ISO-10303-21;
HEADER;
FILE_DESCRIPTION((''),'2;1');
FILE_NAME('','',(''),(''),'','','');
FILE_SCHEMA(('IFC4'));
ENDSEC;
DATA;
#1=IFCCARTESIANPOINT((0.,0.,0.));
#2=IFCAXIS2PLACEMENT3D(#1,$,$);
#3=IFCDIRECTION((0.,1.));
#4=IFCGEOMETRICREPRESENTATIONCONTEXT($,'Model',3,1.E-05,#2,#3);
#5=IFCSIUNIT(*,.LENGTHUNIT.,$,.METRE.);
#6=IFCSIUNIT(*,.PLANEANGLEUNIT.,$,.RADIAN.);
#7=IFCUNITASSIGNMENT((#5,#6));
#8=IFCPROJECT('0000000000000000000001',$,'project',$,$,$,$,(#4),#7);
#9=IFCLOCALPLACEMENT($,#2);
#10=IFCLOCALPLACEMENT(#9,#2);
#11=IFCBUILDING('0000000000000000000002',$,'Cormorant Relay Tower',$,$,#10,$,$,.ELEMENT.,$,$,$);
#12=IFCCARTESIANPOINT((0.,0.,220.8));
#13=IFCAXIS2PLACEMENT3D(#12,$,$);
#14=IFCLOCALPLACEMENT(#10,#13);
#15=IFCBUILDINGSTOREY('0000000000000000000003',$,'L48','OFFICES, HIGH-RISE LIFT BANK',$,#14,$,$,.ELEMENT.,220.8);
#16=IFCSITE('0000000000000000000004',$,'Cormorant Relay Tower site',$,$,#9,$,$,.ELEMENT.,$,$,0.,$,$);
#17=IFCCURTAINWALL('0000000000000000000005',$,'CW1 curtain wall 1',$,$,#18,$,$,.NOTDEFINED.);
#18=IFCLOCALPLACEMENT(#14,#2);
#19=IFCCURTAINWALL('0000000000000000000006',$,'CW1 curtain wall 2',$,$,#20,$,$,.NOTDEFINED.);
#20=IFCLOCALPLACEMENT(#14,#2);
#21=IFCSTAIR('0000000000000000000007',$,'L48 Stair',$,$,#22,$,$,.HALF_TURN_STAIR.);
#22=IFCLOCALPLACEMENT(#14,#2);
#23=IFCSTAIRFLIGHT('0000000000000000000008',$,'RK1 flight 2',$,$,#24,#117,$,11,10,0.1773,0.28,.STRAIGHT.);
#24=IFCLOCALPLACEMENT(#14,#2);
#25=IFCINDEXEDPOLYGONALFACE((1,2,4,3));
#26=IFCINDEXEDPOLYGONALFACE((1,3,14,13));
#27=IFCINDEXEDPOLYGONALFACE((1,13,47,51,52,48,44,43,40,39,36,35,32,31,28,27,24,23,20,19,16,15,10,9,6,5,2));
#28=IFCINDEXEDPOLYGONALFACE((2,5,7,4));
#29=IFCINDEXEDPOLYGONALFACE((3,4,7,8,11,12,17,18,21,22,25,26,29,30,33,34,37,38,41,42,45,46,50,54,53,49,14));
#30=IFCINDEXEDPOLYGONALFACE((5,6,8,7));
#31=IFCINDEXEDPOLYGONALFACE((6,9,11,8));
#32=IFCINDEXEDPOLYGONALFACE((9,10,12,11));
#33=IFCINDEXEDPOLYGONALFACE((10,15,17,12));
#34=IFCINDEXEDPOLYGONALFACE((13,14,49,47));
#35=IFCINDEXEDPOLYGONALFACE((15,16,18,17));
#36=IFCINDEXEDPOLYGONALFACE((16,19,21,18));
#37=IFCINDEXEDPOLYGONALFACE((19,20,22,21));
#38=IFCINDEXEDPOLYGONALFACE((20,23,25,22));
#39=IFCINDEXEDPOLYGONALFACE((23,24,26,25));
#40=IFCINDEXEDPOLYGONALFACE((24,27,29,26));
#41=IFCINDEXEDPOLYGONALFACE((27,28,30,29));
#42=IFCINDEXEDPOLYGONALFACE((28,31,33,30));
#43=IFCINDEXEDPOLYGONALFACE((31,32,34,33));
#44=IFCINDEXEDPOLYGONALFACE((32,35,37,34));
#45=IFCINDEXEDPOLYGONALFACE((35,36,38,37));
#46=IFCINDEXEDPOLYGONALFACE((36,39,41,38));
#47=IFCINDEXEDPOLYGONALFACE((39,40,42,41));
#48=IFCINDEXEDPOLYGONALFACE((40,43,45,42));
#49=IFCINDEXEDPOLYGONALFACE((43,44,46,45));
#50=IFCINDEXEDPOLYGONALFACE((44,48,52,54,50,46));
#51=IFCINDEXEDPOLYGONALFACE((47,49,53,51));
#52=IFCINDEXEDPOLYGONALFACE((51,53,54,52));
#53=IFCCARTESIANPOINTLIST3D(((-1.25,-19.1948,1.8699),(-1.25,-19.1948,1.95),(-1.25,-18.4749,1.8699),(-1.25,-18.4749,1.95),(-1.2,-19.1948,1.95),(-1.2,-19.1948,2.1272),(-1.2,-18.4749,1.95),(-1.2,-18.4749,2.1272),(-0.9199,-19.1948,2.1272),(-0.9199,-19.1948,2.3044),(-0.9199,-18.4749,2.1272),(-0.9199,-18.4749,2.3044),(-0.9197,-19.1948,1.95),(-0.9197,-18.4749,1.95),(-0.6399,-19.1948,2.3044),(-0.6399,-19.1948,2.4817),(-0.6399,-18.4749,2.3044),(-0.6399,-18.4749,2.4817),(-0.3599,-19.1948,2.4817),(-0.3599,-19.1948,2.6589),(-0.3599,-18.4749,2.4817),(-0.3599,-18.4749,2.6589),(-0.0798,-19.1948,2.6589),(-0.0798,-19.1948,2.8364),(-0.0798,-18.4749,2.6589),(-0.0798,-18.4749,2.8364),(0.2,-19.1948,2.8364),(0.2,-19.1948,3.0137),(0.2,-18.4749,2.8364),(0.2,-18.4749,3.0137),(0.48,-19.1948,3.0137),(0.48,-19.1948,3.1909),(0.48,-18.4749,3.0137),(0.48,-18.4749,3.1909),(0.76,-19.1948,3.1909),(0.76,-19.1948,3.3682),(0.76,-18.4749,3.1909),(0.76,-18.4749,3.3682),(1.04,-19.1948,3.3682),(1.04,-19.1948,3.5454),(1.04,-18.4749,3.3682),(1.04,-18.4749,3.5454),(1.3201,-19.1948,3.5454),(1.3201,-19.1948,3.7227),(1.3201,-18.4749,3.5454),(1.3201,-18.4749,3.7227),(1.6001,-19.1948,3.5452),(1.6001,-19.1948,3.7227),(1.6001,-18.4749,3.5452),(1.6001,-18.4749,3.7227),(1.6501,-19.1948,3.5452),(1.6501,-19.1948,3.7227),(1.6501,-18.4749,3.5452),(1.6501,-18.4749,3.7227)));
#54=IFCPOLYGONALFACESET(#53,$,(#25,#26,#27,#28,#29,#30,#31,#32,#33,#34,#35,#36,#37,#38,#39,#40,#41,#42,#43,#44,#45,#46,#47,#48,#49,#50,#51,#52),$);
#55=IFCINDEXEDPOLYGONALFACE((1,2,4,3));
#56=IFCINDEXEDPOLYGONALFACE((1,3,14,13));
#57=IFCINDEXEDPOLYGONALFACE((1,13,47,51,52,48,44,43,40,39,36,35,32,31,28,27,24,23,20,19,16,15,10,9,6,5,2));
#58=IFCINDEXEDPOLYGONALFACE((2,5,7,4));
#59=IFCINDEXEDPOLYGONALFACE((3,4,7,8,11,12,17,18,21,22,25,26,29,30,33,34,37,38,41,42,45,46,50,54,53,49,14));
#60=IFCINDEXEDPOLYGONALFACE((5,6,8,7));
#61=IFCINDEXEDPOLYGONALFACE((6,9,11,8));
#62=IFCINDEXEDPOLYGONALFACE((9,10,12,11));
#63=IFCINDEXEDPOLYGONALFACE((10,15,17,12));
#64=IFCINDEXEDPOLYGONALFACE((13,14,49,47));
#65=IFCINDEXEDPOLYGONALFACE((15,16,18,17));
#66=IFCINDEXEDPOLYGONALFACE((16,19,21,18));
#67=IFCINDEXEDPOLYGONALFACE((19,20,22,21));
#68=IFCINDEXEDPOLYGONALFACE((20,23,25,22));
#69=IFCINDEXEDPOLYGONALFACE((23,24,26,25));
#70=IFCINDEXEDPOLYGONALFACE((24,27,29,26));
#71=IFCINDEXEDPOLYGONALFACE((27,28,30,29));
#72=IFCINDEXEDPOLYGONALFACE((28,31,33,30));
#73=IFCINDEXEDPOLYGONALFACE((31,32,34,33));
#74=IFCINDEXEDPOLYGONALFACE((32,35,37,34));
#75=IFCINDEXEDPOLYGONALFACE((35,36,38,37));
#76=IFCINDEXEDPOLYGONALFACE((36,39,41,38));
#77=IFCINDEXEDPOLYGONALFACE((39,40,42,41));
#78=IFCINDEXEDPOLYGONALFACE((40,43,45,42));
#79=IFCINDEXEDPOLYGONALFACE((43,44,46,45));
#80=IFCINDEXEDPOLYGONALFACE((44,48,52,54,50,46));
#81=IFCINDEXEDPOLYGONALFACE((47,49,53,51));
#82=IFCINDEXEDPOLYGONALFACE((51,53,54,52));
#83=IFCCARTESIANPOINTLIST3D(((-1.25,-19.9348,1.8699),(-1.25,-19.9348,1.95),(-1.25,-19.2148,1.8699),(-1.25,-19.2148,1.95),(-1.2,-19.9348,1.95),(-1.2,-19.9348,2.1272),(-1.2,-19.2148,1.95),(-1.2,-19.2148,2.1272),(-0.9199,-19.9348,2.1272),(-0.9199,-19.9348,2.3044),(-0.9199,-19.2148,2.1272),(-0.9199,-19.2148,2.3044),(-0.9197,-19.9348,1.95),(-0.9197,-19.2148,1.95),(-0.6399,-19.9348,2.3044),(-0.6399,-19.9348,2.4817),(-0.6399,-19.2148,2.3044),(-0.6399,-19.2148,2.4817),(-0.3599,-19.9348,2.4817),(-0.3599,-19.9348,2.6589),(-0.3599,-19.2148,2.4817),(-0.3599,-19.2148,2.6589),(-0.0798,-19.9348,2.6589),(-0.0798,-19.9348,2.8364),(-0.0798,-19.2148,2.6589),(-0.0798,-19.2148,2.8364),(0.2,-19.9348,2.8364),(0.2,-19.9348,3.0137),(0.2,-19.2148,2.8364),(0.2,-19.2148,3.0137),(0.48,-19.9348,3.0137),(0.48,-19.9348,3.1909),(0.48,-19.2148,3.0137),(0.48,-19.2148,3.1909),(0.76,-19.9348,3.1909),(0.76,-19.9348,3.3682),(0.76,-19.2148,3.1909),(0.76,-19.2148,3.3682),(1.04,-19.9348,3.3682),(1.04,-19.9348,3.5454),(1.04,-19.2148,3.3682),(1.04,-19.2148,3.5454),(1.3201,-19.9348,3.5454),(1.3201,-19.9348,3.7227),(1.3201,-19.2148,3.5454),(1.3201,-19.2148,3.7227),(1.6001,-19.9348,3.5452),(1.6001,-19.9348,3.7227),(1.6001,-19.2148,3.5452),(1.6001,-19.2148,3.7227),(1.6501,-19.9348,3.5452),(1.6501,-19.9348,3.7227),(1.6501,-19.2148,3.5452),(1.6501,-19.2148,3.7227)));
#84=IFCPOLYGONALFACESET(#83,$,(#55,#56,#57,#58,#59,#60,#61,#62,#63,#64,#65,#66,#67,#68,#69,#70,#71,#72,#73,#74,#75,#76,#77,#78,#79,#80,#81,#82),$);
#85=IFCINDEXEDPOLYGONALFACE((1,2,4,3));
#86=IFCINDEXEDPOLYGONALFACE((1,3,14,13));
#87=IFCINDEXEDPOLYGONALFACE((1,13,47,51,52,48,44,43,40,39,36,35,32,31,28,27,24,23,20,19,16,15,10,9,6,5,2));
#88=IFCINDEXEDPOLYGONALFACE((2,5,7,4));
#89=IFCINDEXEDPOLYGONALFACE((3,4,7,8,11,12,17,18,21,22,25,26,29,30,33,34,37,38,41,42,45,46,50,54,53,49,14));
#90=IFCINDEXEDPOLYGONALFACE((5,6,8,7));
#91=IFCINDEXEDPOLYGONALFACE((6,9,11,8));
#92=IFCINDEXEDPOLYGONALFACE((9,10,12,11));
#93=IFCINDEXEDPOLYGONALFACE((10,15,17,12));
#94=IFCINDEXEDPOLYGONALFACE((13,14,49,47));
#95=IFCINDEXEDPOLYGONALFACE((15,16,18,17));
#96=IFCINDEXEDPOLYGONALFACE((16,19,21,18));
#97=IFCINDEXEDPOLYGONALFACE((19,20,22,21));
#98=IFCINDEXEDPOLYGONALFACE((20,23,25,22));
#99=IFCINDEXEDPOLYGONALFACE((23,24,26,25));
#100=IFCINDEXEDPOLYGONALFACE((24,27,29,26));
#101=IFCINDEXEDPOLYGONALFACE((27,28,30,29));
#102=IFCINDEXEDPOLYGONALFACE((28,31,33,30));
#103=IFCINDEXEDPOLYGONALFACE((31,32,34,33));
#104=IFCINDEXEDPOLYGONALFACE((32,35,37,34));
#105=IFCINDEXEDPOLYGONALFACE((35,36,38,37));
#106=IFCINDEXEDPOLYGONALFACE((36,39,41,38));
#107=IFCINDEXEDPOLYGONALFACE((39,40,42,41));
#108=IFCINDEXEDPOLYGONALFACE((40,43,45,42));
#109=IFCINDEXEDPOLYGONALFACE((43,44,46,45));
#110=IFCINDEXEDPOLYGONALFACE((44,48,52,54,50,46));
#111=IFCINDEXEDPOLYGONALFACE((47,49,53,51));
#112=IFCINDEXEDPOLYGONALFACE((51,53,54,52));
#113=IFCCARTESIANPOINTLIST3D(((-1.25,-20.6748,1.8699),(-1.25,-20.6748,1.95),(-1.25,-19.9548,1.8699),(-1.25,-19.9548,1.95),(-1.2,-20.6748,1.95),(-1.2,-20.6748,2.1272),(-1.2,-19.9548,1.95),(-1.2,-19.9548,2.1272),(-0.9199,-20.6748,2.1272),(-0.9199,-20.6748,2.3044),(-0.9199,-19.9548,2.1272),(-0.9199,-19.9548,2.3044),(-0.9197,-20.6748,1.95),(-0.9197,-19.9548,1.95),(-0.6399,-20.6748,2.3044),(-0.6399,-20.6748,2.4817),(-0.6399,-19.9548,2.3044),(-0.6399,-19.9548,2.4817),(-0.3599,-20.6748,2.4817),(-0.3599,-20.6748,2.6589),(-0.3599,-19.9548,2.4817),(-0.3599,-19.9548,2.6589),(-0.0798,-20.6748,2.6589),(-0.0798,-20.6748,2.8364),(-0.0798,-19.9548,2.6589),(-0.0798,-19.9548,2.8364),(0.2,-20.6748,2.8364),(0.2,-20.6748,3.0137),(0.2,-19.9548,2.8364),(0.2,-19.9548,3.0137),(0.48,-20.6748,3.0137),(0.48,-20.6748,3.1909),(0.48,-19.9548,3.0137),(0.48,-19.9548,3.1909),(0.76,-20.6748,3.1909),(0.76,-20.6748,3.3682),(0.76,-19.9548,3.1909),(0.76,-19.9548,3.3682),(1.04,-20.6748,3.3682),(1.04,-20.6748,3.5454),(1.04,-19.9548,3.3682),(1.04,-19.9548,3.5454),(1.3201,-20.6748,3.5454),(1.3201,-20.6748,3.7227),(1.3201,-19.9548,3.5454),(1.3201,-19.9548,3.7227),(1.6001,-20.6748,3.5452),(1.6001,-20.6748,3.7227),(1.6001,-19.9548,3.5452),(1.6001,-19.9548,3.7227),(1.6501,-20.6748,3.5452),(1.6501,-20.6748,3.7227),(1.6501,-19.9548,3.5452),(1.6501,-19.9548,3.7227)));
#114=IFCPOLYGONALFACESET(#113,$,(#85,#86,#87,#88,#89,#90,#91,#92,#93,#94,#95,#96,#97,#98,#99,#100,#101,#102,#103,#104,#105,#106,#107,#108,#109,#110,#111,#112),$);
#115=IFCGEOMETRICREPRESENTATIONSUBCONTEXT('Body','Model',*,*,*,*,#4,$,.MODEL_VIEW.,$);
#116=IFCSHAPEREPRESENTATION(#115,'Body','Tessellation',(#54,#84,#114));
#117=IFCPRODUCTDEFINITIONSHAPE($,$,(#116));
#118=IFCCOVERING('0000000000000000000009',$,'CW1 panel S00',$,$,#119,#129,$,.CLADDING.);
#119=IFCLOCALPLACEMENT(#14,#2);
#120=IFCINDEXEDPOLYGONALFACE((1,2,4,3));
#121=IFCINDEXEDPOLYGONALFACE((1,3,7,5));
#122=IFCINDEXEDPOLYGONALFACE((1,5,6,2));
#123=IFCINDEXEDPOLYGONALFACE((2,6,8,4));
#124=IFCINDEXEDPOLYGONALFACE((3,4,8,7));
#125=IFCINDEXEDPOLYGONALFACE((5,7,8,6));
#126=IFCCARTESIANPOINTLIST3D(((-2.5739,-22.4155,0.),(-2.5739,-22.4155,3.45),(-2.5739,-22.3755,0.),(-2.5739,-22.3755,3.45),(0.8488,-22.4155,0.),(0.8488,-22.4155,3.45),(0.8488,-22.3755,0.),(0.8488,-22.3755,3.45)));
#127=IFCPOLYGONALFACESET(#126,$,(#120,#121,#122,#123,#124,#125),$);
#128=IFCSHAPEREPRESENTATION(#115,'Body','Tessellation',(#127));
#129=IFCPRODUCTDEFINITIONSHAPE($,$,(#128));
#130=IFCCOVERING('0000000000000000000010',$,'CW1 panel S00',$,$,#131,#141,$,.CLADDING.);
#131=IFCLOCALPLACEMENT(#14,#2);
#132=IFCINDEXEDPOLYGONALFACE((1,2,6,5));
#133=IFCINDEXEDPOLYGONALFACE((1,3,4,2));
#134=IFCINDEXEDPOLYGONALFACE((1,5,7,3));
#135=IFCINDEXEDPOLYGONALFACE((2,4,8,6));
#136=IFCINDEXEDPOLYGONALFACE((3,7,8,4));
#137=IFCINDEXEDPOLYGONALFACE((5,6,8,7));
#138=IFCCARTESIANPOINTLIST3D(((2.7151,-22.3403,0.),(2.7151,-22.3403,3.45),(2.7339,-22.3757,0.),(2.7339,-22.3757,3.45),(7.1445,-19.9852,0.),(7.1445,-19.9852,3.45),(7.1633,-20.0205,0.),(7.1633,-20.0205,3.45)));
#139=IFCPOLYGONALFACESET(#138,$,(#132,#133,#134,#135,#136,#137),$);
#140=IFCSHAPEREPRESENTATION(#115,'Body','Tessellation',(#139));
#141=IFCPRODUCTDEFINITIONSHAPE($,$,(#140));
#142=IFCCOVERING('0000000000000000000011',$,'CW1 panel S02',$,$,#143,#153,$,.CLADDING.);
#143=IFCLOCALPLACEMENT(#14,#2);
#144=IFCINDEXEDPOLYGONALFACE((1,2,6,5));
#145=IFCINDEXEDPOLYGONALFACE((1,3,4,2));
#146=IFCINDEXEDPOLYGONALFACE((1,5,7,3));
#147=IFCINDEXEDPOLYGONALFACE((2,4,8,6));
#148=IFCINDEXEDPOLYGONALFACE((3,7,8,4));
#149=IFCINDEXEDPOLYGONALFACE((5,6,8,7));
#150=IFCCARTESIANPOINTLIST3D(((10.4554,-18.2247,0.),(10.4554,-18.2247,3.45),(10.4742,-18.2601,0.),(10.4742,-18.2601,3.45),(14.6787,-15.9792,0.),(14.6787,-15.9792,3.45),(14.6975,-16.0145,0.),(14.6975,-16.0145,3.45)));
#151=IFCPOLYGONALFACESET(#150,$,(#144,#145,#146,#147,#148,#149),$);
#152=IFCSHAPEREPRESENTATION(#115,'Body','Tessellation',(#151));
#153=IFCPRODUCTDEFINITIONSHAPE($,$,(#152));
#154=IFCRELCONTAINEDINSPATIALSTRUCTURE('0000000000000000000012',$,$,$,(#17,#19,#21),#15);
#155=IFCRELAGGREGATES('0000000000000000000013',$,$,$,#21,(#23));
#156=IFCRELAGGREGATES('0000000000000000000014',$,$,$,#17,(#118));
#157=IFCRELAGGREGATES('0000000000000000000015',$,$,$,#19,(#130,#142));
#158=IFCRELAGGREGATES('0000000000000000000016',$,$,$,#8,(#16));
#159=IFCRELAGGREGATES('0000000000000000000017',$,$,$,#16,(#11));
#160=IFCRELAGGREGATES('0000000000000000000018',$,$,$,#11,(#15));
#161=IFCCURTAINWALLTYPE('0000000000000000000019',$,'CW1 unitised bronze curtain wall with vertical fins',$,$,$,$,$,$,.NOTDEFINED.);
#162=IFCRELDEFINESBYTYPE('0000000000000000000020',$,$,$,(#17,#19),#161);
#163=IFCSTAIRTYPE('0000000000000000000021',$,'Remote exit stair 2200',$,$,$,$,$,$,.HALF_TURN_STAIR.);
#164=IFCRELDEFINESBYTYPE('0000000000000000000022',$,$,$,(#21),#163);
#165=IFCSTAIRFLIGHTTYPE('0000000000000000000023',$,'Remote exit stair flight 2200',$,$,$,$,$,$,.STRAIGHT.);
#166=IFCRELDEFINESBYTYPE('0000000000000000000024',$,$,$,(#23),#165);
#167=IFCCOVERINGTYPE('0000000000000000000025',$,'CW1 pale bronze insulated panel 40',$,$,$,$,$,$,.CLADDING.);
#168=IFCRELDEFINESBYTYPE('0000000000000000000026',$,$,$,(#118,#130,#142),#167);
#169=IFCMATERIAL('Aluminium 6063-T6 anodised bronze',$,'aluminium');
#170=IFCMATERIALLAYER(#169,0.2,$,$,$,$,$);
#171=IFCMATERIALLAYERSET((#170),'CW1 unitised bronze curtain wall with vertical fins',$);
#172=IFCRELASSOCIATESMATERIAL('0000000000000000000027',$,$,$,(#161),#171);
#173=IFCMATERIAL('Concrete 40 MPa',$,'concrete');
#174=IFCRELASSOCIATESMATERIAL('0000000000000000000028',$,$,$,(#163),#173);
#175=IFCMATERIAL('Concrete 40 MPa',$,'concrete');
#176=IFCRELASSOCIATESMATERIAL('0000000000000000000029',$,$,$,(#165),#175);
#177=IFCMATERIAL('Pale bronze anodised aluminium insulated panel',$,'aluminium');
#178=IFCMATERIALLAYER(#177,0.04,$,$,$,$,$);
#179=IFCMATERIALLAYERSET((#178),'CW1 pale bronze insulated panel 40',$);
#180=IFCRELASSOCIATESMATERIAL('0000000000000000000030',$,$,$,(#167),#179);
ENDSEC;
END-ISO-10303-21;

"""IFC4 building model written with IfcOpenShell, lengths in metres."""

from ifc_helpers import new_model, si_unit, direction, frame, origin, origin_2d, place, context, subcontext, project, spatial, polyline, rectangle, outline, extrude, material, layer, layer_set, type_object, element, aggregate, save


model = new_model("IFC4")

# Units and contexts
model_context = context("Model", 3, precision=1e-05, world=origin(), true_north=direction((0.0, 1.0)))
body_context = subcontext(model_context, "Body", "Model", "MODEL_VIEW")
ifc_project = project(units=[si_unit("LENGTHUNIT", "METRE"), si_unit("PLANEANGLEUNIT", "RADIAN")], contexts=[model_context])

# Site, building, storey
site_placement = place(None, origin())
site = spatial("IfcSite", under=ifc_project, at=site_placement, Name="Cormorant Relay Tower site", CompositionType="ELEMENT", RefElevation=0.0)
building_placement = place(site_placement, origin())
building = spatial("IfcBuilding", under=site, at=building_placement, Name="Cormorant Relay Tower", CompositionType="ELEMENT")
storey_placement = place(building_placement, frame((0.0, 0.0, 220.8)))
storey = spatial("IfcBuildingStorey", under=building, at=storey_placement, Name="L48", Description="OFFICES, HIGH-RISE LIFT BANK", CompositionType="ELEMENT", Elevation=220.8)

# Curtain wall
ifc_material_1 = material(Name="Aluminium 6063-T6 anodised bronze", Category="aluminium")
ifc_layer_1 = layer(ifc_material_1, 0.2)
ifc_layer_set_1 = layer_set([ifc_layer_1], Name="CW1 unitised bronze curtain wall with vertical fins")
curtain_wall_type = type_object("IfcCurtainWallType", Name="CW1 unitised bronze curtain wall with vertical fins", PredefinedType="NOTDEFINED", material=ifc_layer_set_1)
curtain_wall_1_placement = place(storey_placement, origin())
curtain_wall_1 = element("IfcCurtainWall", 1, at=curtain_wall_1_placement, inside=storey, type_object=curtain_wall_type, Name="CW1 curtain wall 1", PredefinedType="NOTDEFINED")

# Curtain wall
curtain_wall_2_placement = place(storey_placement, origin())
curtain_wall_2 = element("IfcCurtainWall", 2, at=curtain_wall_2_placement, inside=storey, type_object=curtain_wall_type, Name="CW1 curtain wall 2", PredefinedType="NOTDEFINED")

# Stair, stair flight
ifc_material_2 = material(Name="Concrete 40 MPa", Category="concrete")
stair_type = type_object("IfcStairType", Name="Remote exit stair 2200", PredefinedType="HALF_TURN_STAIR", material=ifc_material_2)
stair_placement = place(storey_placement, origin())
stair = element("IfcStair", 3, at=stair_placement, inside=storey, type_object=stair_type, Name="L48 Stair", PredefinedType="HALF_TURN_STAIR")
ifc_material_3 = material(Name="Concrete 40 MPa", Category="concrete")
stair_flight_type = type_object("IfcStairFlightType", Name="Remote exit stair flight 2200", PredefinedType="STRAIGHT", material=ifc_material_3)
stair_flight_1_placement = place(storey_placement, frame((-1.2, -19.575, 1.95), z_axis=(0.0, 0.0, 1.0), x_axis=(1.0, 0.0, 0.0)))
stair_flight_1 = element("IfcStairFlight", 4, at=stair_flight_1_placement, type_object=stair_flight_type, Name="RK1 flight 2", NumberOfRisers=11, NumberOfTreads=10, PredefinedType="STRAIGHT", RiserHeight=0.1773, TreadLength=0.28, context=body_context, shape_type="SweptSolid", body=[
    extrude(outline(polyline([(-0.05, -0.0801), (-0.05, 0.0), (0.0, 0.0), (0.0, 0.1772), (0.28, 0.1772), (0.28, 0.3545), (0.5601, 0.3545), (0.5601, 0.5317), (0.8401, 0.5317), (0.8401, 0.709), (1.1201, 0.709), (1.1201, 0.8865), (1.3999, 0.8865), (1.3999, 1.0637), (1.6799, 1.0637), (1.6799, 1.241), (1.96, 1.241), (1.96, 1.4182), (2.24, 1.4182), (2.24, 1.5955), (2.52, 1.5955), (2.52, 1.7727), (2.8, 1.7727), (2.8501, 1.7727), (2.8501, 1.5952), (2.8, 1.5952), (0.2803, 0.0), (-0.05, -0.0801)])), frame((0.0, 1.1001, 0.0), z_axis=(0.0, -1.0, 0.0), x_axis=(1.0, 0.0, 0.0)), (0.0, 0.0, 1.0), 0.72),
    extrude(outline(polyline([(-0.05, -0.0801), (-0.05, 0.0), (0.0, 0.0), (0.0, 0.1772), (0.28, 0.1772), (0.28, 0.3545), (0.5601, 0.3545), (0.5601, 0.5317), (0.8401, 0.5317), (0.8401, 0.709), (1.1201, 0.709), (1.1201, 0.8865), (1.3999, 0.8865), (1.3999, 1.0637), (1.6799, 1.0637), (1.6799, 1.241), (1.96, 1.241), (1.96, 1.4182), (2.24, 1.4182), (2.24, 1.5955), (2.52, 1.5955), (2.52, 1.7727), (2.8, 1.7727), (2.8501, 1.7727), (2.8501, 1.5952), (2.8, 1.5952), (0.2803, 0.0), (-0.05, -0.0801)])), frame((0.0, 0.3601, 0.0), z_axis=(0.0, -1.0, 0.0), x_axis=(1.0, 0.0, 0.0)), (0.0, 0.0, 1.0), 0.72),
    extrude(outline(polyline([(-0.05, -0.0801), (-0.05, 0.0), (0.0, 0.0), (0.0, 0.1772), (0.28, 0.1772), (0.28, 0.3545), (0.5601, 0.3545), (0.5601, 0.5317), (0.8401, 0.5317), (0.8401, 0.709), (1.1201, 0.709), (1.1201, 0.8865), (1.3999, 0.8865), (1.3999, 1.0637), (1.6799, 1.0637), (1.6799, 1.241), (1.96, 1.241), (1.96, 1.4182), (2.24, 1.4182), (2.24, 1.5955), (2.52, 1.5955), (2.52, 1.7727), (2.8, 1.7727), (2.8501, 1.7727), (2.8501, 1.5952), (2.8, 1.5952), (0.2803, 0.0), (-0.05, -0.0801)])), frame((0.0, -0.3799, 0.0), z_axis=(0.0, -1.0, 0.0), x_axis=(1.0, 0.0, 0.0)), (0.0, 0.0, 1.0), 0.72),
])
aggregate(stair, [stair_flight_1])

# Coverings
ifc_material_4 = material(Name="Pale bronze anodised aluminium insulated panel", Category="aluminium")
ifc_layer_2 = layer(ifc_material_4, 0.04)
ifc_layer_set_2 = layer_set([ifc_layer_2], Name="CW1 pale bronze insulated panel 40")
covering_type = type_object("IfcCoveringType", Name="CW1 pale bronze insulated panel 40", PredefinedType="CLADDING", material=ifc_layer_set_2)
covering_1_placement = place(storey_placement, frame((-0.8625, -22.3955, 0.0), z_axis=(0.0, 0.0, 1.0), x_axis=(1.0, 0.0, 0.0)))
covering_1 = element("IfcCovering", 5, at=covering_1_placement, type_object=covering_type, Name="CW1 panel S00", PredefinedType="CLADDING", context=body_context, shape_type="SweptSolid", body=[
    extrude(rectangle(XDim=3.4226, YDim=0.04, at=origin_2d()), origin(), (0.0, 0.0, 1.0), 3.45),
])
aggregate(curtain_wall_1, [covering_1])
covering_2_placement = place(storey_placement, frame((4.9392, -21.1804, 0.0), z_axis=(0.0, 0.0, 1.0), x_axis=(0.882948, 0.469472, 0.0)))
covering_2 = element("IfcCovering", 6, at=covering_2_placement, type_object=covering_type, Name="CW1 panel S00", PredefinedType="CLADDING", context=body_context, shape_type="SweptSolid", body=[
    extrude(rectangle(XDim=5.0166, YDim=0.04, at=origin_2d()), origin(), (0.0, 0.0, 1.0), 3.45),
])
covering_3_placement = place(storey_placement, frame((12.5764, -17.1196, 0.0), z_axis=(0.0, 0.0, 1.0), x_axis=(0.882948, 0.469472, 0.0)))
covering_3 = element("IfcCovering", 7, at=covering_3_placement, type_object=covering_type, Name="CW1 panel S02", PredefinedType="CLADDING", context=body_context, shape_type="SweptSolid", body=[
    extrude(rectangle(XDim=4.7832, YDim=0.04, at=origin_2d()), origin(), (0.0, 0.0, 1.0), 3.45),
])
aggregate(curtain_wall_2, [covering_2, covering_3])

save(model, "model.ifc")
